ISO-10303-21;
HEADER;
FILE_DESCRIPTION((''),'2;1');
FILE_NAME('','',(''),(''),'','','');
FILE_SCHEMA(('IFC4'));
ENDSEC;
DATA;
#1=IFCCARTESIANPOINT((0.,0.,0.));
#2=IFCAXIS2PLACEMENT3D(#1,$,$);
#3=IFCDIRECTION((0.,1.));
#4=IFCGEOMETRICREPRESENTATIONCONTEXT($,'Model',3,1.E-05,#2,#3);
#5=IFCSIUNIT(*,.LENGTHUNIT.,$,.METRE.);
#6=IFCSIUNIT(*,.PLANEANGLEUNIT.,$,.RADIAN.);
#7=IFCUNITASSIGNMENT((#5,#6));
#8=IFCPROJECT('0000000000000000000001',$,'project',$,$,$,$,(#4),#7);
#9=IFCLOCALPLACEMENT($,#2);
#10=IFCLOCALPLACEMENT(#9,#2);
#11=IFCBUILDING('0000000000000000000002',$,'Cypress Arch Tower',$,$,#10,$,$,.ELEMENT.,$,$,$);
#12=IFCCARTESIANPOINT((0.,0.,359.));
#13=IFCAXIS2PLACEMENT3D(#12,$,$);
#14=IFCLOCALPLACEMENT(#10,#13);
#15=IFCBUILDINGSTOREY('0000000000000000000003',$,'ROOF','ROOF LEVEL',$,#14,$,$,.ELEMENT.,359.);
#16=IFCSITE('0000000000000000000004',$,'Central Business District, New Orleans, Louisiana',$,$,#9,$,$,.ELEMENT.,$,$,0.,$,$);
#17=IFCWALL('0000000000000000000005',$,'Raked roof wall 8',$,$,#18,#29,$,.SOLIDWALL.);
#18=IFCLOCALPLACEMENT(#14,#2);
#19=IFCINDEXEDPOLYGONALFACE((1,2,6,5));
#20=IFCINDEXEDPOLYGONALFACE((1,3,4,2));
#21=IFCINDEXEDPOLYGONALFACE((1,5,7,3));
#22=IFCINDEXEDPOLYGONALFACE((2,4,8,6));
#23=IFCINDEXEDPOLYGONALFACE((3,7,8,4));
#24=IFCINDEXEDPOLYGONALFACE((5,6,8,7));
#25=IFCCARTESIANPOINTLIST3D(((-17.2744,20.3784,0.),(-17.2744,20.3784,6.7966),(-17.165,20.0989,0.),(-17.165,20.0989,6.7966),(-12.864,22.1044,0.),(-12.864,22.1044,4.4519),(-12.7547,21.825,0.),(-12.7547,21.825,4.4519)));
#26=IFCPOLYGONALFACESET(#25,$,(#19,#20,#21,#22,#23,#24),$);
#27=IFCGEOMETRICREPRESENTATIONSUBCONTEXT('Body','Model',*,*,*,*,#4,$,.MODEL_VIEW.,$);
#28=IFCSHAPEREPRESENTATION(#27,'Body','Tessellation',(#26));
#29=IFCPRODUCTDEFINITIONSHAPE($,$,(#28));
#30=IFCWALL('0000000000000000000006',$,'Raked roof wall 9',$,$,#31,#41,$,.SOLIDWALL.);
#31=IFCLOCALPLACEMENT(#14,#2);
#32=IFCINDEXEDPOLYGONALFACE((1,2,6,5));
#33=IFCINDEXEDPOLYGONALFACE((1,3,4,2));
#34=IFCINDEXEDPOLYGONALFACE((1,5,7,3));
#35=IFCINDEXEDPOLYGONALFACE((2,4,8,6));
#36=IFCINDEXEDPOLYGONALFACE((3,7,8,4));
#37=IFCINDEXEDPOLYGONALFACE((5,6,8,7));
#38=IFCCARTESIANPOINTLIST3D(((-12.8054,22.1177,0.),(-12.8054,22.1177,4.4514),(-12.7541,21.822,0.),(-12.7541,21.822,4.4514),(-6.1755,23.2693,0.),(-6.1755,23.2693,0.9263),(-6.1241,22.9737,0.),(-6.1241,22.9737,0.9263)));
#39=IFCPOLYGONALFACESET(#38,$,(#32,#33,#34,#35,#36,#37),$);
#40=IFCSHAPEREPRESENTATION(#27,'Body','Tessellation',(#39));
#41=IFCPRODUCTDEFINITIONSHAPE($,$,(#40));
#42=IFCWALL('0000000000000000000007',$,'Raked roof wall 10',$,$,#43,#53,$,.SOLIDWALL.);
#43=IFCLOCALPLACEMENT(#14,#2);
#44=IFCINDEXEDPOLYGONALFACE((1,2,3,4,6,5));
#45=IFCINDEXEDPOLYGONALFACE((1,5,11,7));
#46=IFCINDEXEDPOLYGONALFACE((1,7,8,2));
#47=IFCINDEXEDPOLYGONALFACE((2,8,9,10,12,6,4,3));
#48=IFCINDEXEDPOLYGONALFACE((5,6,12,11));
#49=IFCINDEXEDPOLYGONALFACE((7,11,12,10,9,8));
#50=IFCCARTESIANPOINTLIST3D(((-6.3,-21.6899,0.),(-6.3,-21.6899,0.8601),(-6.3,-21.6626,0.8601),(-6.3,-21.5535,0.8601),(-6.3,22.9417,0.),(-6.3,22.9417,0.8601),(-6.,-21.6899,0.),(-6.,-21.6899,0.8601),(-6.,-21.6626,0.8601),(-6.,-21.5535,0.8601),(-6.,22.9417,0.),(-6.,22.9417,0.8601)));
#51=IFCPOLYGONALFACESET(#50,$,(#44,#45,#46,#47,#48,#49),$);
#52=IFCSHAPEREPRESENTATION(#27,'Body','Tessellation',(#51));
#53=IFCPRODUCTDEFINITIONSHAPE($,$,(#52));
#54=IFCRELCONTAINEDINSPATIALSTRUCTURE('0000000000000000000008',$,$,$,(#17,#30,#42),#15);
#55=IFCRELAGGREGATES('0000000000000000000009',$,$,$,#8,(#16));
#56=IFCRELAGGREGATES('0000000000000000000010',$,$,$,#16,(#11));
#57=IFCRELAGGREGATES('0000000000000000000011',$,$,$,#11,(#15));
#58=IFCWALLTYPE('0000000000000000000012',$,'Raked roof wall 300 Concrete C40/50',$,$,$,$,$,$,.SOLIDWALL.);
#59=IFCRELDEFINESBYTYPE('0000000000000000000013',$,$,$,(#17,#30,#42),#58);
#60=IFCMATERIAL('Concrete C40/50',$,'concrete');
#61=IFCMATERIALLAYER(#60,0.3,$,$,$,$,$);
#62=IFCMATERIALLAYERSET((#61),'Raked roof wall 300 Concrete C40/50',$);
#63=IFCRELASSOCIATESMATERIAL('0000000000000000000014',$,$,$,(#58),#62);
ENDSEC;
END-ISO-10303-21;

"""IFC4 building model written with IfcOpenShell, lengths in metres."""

from ifc_helpers import new_model, si_unit, direction, frame, origin, place, context, subcontext, project, spatial, polyline, outline, extrude, material, layer, layer_set, type_object, element, save


model = new_model("IFC4")

# Units and contexts
model_context = context("Model", 3, precision=1e-05, world=origin(), true_north=direction((0.0, 1.0)))
body_context = subcontext(model_context, "Body", "Model", "MODEL_VIEW")
ifc_project = project(units=[si_unit("LENGTHUNIT", "METRE"), si_unit("PLANEANGLEUNIT", "RADIAN")], contexts=[model_context])

# Site, building, storey
site_placement = place(None, origin())
site = spatial("IfcSite", under=ifc_project, at=site_placement, Name="Central Business District, New Orleans, Louisiana", CompositionType="ELEMENT", RefElevation=0.0)
building_placement = place(site_placement, origin())
building = spatial("IfcBuilding", under=site, at=building_placement, Name="Cypress Arch Tower", CompositionType="ELEMENT")
storey_placement = place(building_placement, frame((0.0, 0.0, 359.0)))
storey = spatial("IfcBuildingStorey", under=building, at=storey_placement, Name="ROOF", Description="ROOF LEVEL", CompositionType="ELEMENT", Elevation=359.0)

# Walls
ifc_material_1 = material(Name="Concrete C40/50", Category="concrete")
ifc_layer_1 = layer(ifc_material_1, 0.3)
ifc_layer_set_1 = layer_set([ifc_layer_1], Name="Raked roof wall 300 Concrete C40/50")
wall_type_1 = type_object("IfcWallType", Name="Raked roof wall 300 Concrete C40/50", PredefinedType="SOLIDWALL", material=ifc_layer_set_1)
wall_1_placement = place(storey_placement, frame((-17.2197, 20.2388, 0.0), z_axis=(0.0, 0.0, 1.0), x_axis=(0.931224, 0.364448, 0.0)))
element("IfcWall", 1, at=wall_1_placement, inside=storey, type_object=wall_type_1, Name="Raked roof wall 8", PredefinedType="SOLIDWALL", context=body_context, shape_type="SweptSolid", body=[
    extrude(outline(polyline([(0.0, 0.0), (4.7361, 0.0), (4.7361, 4.4519), (0.0, 6.7966), (0.0, 0.0)])), frame((0.0, 0.1499, 0.0), z_axis=(0.0, -1.0, 0.0), x_axis=(1.0, 0.0, 0.0)), (0.0, 0.0, 1.0), 0.3),
])
wall_2_placement = place(storey_placement, frame((-12.7798, 21.97, 0.0), z_axis=(0.0, 0.0, 1.0), x_axis=(0.985247, 0.171138, 0.0)))
element("IfcWall", 2, at=wall_2_placement, inside=storey, type_object=wall_type_1, Name="Raked roof wall 9", PredefinedType="SOLIDWALL", context=body_context, shape_type="SweptSolid", body=[
    extrude(outline(polyline([(0.0, 0.0), (6.7292, 0.0), (6.7292, 0.9263), (0.0, 4.4514), (0.0, 0.0)])), frame((0.0, 0.1499, 0.0), z_axis=(0.0, -1.0, 0.0), x_axis=(1.0, 0.0, 0.0)), (0.0, 0.0, 1.0), 0.3),
])
wall_3_placement = place(storey_placement, frame((-6.1499, 22.9417, 0.0), z_axis=(0.0, 0.0, 1.0), x_axis=(0.0, -1.0, 0.0)))
element("IfcWall", 3, at=wall_3_placement, inside=storey, type_object=wall_type_1, Name="Raked roof wall 10", PredefinedType="SOLIDWALL", context=body_context, shape_type="SweptSolid", body=[
    extrude(outline(polyline([(0.0, 0.0), (44.6316, 0.0), (44.6316, 0.8601), (44.6042, 0.8601), (44.4951, 0.8601), (0.0, 0.8601), (0.0, 0.0)])), frame((0.0, 0.1499, 0.0), z_axis=(0.0, -1.0, 0.0), x_axis=(1.0, 0.0, 0.0)), (0.0, 0.0, 1.0), 0.3),
])

save(model, "model.ifc")
